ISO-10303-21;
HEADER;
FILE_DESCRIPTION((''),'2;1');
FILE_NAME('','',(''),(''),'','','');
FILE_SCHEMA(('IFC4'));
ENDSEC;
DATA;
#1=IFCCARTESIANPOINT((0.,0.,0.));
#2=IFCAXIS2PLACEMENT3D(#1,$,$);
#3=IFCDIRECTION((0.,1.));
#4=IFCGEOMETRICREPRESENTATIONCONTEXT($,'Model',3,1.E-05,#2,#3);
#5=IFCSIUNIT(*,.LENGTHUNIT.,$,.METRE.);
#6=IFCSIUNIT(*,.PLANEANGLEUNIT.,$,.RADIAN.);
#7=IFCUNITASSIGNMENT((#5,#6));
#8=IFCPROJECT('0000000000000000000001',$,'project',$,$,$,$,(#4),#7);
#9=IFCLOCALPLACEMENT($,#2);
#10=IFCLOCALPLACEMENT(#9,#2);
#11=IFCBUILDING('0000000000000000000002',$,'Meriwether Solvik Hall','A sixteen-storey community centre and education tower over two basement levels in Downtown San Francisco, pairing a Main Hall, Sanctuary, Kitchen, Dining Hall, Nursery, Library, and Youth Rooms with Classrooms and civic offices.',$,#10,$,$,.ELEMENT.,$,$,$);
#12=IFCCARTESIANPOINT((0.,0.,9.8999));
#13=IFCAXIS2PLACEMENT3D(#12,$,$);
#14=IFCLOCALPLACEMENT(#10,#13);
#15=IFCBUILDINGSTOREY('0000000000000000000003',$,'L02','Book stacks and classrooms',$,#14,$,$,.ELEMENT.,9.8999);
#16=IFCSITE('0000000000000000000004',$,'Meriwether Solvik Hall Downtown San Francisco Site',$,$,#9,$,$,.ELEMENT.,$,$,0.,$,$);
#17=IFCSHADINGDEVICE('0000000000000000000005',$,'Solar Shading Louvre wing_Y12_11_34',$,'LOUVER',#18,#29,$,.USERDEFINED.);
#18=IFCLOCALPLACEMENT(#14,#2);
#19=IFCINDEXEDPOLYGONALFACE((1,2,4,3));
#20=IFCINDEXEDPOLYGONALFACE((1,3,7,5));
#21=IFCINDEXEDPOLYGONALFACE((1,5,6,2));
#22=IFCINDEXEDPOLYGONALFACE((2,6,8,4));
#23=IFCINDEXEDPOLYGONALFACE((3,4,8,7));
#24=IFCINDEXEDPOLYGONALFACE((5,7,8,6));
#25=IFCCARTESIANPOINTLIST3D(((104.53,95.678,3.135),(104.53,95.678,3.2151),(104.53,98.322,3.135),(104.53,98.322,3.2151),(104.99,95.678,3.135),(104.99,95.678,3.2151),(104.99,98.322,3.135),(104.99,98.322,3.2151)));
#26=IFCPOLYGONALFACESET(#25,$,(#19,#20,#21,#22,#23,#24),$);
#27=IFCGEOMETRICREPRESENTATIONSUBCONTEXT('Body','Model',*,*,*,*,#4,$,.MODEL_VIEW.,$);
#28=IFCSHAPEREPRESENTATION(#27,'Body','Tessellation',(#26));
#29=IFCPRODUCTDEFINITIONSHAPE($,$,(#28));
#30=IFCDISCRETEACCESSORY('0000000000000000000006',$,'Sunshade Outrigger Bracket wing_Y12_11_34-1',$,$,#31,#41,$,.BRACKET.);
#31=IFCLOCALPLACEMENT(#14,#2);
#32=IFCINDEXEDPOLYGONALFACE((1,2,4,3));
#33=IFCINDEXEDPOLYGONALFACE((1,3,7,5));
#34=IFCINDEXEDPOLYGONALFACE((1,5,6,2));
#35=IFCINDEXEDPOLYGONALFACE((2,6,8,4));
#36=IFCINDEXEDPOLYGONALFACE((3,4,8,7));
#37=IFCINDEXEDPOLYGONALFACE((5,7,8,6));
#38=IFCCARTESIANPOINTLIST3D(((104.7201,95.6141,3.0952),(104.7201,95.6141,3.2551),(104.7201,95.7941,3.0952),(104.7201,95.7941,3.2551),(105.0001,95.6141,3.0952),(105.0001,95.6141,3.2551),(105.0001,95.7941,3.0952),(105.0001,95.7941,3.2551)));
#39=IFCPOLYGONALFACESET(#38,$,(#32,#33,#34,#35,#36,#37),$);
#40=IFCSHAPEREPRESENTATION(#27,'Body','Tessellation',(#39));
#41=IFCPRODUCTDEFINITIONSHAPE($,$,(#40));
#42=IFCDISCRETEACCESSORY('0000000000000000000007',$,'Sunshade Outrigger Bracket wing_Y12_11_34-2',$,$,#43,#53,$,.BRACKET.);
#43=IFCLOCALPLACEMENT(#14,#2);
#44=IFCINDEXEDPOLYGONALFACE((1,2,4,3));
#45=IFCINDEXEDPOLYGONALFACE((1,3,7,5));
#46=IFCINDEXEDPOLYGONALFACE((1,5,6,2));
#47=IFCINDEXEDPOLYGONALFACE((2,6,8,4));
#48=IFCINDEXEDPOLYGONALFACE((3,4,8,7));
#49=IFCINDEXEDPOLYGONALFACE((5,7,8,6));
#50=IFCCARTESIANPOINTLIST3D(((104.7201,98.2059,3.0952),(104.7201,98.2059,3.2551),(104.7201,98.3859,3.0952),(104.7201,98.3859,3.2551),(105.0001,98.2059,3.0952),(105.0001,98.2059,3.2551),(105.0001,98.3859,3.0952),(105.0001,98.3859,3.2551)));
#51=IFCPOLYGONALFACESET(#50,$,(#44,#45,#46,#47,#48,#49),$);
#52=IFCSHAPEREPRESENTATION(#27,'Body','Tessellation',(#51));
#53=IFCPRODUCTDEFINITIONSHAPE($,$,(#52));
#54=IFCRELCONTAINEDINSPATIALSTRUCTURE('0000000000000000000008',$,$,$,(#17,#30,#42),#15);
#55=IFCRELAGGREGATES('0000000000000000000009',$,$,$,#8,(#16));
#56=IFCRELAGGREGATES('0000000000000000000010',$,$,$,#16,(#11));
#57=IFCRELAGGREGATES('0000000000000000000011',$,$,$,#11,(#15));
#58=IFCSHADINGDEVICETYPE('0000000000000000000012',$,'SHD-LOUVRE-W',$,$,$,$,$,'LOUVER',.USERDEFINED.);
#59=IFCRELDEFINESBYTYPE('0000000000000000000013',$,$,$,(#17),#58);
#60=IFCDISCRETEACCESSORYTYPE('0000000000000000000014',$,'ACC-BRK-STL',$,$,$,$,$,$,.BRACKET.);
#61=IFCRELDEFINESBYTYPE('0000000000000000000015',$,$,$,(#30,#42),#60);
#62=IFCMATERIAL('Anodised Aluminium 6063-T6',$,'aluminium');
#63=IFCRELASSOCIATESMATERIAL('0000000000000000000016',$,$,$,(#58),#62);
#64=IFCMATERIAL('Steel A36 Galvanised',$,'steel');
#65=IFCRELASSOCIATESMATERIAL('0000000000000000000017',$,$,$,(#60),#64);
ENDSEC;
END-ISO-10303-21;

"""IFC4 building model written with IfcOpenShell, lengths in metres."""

from ifc_helpers import new_model, si_unit, direction, frame, origin, origin_2d, place, context, subcontext, project, spatial, rectangle, extrude, material, type_object, element, save


model = new_model("IFC4")

# Units and contexts
model_context = context("Model", 3, precision=1e-05, world=origin(), true_north=direction((0.0, 1.0)))
body_context = subcontext(model_context, "Body", "Model", "MODEL_VIEW")
ifc_project = project(units=[si_unit("LENGTHUNIT", "METRE"), si_unit("PLANEANGLEUNIT", "RADIAN")], contexts=[model_context])

# Site, building, storey
site_placement = place(None, origin())
site = spatial("IfcSite", under=ifc_project, at=site_placement, Name="Meriwether Solvik Hall Downtown San Francisco Site", CompositionType="ELEMENT", RefElevation=0.0)
building_placement = place(site_placement, origin())
building = spatial("IfcBuilding", under=site, at=building_placement, Name="Meriwether Solvik Hall", Description="A sixteen-storey community centre and education tower over two basement levels in Downtown San Francisco, pairing a Main Hall, Sanctuary, Kitchen, Dining Hall, Nursery, Library, and Youth Rooms with Classrooms and civic offices.", CompositionType="ELEMENT")
storey_placement = place(building_placement, frame((0.0, 0.0, 9.8999)))
storey = spatial("IfcBuildingStorey", under=building, at=storey_placement, Name="L02", Description="Book stacks and classrooms", CompositionType="ELEMENT", Elevation=9.8999)

# Shading device
ifc_material_1 = material(Name="Anodised Aluminium 6063-T6", Category="aluminium")
shading_device_type = type_object("IfcShadingDeviceType", Name="SHD-LOUVRE-W", ElementType="LOUVER", PredefinedType="USERDEFINED", material=ifc_material_1)
shading_device_placement = place(storey_placement, frame((104.76, 97.0, 3.135), z_axis=(0.0, 0.0, 1.0), x_axis=(0.0, 1.0, 0.0)))
element("IfcShadingDevice", 1, at=shading_device_placement, inside=storey, type_object=shading_device_type, Name="Solar Shading Louvre wing_Y12_11_34", ObjectType="LOUVER", PredefinedType="USERDEFINED", context=body_context, shape_type="SweptSolid", body=[
    extrude(rectangle(XDim=2.644, YDim=0.46, at=origin_2d()), origin(), (0.0, 0.0, 1.0), 0.0801),
])

# Discrete accessories
ifc_material_2 = material(Name="Steel A36 Galvanised", Category="steel")
discrete_accessory_type = type_object("IfcDiscreteAccessoryType", Name="ACC-BRK-STL", PredefinedType="BRACKET", material=ifc_material_2)
for number, where, z_axis, x_axis, name in (
    (2, (104.8601, 95.7041, 3.0952), (0.0, 0.0, 1.0), (0.0, 1.0, 0.0), "Sunshade Outrigger Bracket wing_Y12_11_34-1"),
    (3, (104.8601, 98.2959, 3.0952), (0.0, 0.0, 1.0), (0.0, 1.0, 0.0), "Sunshade Outrigger Bracket wing_Y12_11_34-2"),
):
    element("IfcDiscreteAccessory", number, at=place(storey_placement, frame(where, z_axis=z_axis, x_axis=x_axis)), inside=storey, type_object=discrete_accessory_type, Name=name, PredefinedType="BRACKET", context=body_context, shape_type="SweptSolid", body=[
        extrude(rectangle(XDim=0.1799, YDim=0.28, at=origin_2d()), origin(), (0.0, 0.0, 1.0), 0.1599),
    ])

save(model, "model.ifc")
